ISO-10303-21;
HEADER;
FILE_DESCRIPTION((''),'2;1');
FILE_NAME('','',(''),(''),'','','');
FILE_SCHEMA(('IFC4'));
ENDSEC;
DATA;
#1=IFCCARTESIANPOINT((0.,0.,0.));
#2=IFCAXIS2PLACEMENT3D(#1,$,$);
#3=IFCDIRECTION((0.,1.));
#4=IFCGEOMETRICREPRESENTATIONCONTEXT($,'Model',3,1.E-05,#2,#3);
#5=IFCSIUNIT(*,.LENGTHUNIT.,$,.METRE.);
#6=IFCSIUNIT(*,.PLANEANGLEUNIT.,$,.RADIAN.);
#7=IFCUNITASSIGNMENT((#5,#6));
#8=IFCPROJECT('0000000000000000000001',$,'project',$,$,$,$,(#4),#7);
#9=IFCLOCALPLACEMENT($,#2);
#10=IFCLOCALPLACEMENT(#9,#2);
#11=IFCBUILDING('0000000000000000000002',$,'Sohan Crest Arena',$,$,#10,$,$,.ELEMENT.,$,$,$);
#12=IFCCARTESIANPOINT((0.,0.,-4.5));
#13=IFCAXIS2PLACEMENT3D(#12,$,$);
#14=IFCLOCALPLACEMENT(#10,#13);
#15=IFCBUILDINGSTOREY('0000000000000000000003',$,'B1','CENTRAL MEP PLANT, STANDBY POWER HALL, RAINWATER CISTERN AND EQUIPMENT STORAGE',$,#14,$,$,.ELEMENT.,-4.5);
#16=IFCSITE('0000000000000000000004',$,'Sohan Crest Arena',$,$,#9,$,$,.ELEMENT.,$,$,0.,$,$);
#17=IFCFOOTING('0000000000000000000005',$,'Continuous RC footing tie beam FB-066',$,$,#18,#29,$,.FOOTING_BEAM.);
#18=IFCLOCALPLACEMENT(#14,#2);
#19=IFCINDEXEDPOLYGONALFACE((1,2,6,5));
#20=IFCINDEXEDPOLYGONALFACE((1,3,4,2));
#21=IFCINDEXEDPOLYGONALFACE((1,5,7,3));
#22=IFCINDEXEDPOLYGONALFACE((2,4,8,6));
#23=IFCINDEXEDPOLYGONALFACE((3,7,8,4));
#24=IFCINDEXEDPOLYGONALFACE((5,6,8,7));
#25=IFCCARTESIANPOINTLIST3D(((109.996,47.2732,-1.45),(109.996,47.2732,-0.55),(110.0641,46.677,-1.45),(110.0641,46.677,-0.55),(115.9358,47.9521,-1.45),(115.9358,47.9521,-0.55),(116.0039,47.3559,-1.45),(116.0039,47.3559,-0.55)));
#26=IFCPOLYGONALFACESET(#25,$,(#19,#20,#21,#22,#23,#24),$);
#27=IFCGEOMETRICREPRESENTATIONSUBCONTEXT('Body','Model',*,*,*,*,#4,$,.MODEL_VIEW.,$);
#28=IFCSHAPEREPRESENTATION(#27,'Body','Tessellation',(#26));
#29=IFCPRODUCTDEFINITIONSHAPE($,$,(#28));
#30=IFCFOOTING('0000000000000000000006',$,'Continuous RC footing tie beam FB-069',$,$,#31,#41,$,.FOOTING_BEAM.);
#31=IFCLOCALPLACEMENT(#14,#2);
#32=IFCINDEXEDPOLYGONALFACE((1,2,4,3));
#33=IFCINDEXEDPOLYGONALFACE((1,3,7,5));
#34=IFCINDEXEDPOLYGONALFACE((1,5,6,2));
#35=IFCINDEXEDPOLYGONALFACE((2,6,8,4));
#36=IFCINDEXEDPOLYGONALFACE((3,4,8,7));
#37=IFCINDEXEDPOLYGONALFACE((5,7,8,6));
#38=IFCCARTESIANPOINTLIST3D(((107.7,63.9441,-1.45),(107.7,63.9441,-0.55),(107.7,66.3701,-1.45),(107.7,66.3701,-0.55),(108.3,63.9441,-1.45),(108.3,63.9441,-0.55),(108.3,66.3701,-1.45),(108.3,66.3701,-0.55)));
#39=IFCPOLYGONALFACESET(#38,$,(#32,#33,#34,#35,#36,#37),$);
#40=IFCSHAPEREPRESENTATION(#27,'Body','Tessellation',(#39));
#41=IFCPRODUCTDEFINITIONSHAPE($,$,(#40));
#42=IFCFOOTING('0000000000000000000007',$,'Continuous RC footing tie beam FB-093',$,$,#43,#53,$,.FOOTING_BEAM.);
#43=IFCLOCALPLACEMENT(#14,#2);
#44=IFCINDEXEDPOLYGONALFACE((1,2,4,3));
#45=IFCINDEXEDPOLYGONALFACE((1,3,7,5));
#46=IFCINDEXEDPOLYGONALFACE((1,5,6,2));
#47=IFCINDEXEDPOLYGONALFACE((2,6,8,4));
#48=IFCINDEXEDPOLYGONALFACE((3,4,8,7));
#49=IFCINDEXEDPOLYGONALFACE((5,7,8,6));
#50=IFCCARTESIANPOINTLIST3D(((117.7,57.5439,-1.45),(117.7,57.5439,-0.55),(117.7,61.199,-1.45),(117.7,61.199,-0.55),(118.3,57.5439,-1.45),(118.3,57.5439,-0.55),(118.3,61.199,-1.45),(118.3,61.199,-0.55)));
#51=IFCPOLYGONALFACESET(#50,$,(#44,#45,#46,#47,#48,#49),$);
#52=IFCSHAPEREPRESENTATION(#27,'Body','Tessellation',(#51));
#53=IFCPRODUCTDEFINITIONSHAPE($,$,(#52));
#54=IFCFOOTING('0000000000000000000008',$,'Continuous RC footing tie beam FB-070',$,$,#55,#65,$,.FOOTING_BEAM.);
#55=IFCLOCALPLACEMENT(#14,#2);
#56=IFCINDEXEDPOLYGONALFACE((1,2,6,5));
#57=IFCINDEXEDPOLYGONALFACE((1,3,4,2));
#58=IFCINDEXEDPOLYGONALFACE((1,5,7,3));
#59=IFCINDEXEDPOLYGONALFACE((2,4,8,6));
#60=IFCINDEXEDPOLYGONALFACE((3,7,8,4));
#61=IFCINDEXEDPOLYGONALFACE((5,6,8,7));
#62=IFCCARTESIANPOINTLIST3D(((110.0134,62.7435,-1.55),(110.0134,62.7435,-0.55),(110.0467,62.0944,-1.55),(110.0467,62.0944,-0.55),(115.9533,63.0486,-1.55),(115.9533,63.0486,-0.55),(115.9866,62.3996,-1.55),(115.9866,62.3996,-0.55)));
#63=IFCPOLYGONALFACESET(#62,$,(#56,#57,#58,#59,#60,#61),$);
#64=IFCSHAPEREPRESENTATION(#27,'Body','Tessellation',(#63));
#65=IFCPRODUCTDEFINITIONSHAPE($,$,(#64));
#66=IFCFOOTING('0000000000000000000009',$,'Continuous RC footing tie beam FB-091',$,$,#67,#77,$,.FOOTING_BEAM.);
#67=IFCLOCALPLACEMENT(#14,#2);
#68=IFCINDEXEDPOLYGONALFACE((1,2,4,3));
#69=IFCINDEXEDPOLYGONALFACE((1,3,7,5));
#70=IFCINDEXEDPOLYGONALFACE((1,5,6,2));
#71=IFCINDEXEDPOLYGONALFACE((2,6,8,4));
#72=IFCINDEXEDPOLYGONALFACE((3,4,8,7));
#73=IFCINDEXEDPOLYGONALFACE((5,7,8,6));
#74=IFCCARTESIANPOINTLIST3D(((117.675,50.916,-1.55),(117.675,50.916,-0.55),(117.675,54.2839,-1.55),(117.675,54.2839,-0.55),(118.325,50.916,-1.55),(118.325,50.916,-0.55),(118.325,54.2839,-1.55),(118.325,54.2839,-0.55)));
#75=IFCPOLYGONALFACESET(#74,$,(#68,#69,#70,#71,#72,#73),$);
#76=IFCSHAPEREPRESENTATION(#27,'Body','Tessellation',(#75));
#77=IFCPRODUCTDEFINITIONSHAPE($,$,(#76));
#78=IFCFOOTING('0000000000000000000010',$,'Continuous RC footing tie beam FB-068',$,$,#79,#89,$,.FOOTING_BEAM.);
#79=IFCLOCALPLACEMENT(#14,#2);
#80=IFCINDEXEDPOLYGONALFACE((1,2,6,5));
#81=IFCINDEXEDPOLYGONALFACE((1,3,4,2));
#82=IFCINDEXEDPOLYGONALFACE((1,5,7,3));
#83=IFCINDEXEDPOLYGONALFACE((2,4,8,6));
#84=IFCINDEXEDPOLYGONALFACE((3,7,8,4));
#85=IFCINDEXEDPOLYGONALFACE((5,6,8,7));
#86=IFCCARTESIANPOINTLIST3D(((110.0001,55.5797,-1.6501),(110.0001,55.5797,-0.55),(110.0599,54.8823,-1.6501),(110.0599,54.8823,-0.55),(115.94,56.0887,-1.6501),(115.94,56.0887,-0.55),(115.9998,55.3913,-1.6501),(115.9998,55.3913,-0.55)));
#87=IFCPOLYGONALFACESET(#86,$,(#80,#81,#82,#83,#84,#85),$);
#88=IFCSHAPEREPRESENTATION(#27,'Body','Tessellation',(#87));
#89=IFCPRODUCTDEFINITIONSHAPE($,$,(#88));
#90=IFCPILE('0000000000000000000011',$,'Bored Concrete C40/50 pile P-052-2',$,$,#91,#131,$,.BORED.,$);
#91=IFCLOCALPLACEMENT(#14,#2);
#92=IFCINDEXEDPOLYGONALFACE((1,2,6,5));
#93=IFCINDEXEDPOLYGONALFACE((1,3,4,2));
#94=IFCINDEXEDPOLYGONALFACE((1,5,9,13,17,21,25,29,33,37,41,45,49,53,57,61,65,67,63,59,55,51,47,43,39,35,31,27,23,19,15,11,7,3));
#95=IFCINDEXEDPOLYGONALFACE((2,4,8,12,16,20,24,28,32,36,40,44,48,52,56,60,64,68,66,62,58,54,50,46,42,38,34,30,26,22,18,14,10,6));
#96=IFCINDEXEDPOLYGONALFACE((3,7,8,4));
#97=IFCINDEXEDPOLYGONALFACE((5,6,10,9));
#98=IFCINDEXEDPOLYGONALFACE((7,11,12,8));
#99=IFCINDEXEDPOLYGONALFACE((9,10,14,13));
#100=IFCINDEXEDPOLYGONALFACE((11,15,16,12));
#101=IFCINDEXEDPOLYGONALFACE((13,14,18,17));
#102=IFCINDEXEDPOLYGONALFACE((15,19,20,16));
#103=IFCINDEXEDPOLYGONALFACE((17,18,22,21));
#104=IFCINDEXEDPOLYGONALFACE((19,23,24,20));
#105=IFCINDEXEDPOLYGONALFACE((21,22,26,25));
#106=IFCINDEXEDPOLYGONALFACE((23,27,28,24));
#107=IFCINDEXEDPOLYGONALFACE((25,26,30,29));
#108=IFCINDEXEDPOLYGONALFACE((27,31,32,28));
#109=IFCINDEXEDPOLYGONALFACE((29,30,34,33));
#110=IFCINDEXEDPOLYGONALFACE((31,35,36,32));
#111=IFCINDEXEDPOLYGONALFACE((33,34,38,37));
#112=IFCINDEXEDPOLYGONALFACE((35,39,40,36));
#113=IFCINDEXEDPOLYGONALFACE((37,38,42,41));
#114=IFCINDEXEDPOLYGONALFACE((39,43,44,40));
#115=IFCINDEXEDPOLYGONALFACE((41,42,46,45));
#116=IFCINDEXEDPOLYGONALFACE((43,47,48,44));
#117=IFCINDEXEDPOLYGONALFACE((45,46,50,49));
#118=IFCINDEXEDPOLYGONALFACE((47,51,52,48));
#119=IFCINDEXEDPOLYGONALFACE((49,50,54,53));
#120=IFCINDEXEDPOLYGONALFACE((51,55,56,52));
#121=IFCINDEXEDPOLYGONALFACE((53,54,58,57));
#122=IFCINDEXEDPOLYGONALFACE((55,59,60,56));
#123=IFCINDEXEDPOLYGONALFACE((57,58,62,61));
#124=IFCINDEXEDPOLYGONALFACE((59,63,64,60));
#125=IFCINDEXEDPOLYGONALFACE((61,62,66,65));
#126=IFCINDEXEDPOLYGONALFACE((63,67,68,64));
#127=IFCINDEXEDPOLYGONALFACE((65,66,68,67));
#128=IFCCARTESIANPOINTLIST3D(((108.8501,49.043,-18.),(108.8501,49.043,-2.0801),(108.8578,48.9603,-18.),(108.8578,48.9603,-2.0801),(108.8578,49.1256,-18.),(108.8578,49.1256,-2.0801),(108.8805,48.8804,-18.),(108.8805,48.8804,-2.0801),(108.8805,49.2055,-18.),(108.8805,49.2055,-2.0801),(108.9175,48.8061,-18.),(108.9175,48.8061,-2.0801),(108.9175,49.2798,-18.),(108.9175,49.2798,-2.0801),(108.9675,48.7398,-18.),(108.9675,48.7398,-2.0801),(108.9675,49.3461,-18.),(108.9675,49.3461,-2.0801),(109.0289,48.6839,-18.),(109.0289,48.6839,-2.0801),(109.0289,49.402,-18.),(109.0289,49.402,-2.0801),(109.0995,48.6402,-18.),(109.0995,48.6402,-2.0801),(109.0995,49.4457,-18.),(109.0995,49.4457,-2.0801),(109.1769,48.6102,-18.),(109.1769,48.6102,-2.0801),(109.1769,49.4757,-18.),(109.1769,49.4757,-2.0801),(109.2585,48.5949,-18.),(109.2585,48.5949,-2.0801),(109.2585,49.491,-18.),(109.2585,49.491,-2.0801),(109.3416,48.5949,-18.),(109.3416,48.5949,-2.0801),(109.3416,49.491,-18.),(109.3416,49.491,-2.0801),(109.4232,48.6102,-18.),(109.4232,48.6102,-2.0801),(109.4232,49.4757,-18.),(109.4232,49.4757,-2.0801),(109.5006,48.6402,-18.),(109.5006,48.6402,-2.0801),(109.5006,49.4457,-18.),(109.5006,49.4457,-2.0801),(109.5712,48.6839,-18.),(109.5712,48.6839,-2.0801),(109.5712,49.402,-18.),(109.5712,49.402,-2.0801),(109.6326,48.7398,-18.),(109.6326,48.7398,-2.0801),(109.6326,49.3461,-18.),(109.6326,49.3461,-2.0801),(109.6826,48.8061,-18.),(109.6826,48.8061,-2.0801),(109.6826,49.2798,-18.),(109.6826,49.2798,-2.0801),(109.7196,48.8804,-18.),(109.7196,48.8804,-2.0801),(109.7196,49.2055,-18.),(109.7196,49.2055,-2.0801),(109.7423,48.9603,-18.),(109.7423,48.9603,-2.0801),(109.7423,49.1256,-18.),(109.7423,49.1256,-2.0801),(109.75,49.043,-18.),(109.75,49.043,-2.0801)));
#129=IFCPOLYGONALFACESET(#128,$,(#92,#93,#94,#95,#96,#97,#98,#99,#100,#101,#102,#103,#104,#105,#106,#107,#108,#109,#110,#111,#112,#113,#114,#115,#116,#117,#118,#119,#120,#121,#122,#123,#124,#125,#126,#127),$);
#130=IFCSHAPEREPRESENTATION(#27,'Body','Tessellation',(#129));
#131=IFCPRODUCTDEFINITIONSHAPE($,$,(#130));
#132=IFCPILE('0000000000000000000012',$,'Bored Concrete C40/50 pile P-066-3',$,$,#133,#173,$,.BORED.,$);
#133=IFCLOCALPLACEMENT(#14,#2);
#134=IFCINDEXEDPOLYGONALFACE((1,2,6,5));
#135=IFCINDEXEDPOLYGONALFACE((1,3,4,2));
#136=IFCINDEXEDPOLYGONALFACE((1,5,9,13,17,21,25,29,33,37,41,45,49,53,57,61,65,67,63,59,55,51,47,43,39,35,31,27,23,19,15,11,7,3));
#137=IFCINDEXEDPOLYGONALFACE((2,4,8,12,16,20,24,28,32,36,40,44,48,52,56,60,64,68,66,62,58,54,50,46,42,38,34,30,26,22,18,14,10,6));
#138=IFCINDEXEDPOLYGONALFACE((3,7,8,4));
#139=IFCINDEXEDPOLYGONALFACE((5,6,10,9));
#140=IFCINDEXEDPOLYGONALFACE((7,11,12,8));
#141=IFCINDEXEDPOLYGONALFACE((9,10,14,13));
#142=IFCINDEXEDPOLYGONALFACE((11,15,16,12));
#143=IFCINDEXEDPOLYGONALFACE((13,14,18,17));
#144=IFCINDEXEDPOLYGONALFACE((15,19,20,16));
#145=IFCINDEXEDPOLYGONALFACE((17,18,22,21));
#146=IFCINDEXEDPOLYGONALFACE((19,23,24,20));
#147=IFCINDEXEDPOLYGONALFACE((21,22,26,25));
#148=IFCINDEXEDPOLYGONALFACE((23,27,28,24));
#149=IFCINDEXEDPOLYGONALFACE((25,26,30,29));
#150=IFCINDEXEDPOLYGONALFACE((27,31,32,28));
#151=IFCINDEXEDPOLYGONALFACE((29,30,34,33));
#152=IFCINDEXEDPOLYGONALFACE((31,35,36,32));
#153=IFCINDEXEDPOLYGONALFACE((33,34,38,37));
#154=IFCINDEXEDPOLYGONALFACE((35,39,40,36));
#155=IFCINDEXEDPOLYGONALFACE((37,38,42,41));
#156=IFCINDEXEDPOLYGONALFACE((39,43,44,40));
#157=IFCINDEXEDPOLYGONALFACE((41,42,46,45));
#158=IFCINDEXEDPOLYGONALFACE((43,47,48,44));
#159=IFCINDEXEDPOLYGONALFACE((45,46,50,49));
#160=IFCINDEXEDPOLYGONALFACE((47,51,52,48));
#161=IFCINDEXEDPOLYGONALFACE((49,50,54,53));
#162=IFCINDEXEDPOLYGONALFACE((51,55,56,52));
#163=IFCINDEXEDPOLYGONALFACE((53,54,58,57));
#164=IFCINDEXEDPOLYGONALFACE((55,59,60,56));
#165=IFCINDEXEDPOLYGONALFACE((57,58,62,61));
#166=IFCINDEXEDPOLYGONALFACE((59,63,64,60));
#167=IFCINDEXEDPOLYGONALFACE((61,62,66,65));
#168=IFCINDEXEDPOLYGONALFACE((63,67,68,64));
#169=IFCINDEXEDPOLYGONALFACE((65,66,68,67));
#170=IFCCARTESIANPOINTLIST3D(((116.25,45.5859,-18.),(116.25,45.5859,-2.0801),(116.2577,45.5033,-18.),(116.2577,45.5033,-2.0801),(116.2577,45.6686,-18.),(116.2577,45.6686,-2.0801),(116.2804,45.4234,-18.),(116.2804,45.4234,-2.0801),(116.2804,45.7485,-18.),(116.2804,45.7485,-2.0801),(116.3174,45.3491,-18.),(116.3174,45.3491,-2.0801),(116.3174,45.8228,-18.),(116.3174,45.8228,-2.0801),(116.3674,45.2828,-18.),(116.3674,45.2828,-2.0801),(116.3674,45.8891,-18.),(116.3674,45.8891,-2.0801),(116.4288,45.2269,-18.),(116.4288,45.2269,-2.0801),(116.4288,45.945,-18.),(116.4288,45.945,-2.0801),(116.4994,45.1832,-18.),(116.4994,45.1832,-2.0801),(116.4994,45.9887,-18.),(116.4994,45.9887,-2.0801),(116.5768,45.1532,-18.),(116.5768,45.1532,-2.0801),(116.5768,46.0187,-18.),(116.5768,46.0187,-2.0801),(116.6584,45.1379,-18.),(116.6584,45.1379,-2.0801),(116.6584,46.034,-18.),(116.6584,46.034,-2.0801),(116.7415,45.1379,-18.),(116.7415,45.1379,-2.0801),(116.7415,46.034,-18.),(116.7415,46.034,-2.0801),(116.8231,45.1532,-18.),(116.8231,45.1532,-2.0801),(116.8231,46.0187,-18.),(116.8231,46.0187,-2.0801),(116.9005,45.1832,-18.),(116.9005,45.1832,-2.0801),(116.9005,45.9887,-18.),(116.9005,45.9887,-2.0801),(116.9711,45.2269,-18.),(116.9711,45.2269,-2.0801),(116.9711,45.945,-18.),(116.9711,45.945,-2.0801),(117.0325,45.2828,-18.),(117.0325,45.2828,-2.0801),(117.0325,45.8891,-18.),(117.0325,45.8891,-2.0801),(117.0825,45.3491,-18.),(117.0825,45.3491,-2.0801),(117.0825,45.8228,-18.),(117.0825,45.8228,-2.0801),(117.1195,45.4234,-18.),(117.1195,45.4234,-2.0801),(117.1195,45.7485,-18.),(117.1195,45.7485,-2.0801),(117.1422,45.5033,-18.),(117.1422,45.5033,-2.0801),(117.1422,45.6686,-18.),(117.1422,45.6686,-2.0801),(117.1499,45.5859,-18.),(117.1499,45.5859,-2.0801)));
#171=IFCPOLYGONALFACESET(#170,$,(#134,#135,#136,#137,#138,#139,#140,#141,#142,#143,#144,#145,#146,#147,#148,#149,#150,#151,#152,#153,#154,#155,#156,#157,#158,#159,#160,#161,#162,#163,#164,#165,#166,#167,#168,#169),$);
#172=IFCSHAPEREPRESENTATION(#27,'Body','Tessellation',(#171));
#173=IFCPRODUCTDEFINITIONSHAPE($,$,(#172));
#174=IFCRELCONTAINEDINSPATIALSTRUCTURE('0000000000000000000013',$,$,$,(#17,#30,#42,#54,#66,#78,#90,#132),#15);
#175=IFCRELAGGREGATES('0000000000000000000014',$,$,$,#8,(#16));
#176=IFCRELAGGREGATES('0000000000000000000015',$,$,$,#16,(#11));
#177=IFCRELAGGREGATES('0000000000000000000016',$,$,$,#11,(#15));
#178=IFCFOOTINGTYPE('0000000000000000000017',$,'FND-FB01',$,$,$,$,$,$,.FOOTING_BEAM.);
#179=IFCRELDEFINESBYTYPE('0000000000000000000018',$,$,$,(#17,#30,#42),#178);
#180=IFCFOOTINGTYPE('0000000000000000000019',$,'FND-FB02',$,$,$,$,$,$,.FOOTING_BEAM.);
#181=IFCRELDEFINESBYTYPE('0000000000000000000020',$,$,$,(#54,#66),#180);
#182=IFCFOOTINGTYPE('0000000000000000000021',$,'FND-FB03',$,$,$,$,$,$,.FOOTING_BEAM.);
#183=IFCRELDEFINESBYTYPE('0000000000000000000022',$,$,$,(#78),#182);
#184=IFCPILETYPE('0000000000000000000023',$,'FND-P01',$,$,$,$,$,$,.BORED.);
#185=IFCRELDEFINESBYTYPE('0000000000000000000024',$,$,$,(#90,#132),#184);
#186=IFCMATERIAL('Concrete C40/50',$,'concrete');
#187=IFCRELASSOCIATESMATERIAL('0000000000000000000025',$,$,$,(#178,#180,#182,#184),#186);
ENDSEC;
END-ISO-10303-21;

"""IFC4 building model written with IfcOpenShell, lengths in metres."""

from ifc_helpers import new_model, si_unit, direction, frame, origin, origin_2d, place, context, subcontext, project, spatial, rectangle, circle, extrude, material, material_profile, profile_set, type_object, element, save


model = new_model("IFC4")

# Units and contexts
model_context = context("Model", 3, precision=1e-05, world=origin(), true_north=direction((0.0, 1.0)))
body_context = subcontext(model_context, "Body", "Model", "MODEL_VIEW")
ifc_project = project(units=[si_unit("LENGTHUNIT", "METRE"), si_unit("PLANEANGLEUNIT", "RADIAN")], contexts=[model_context])

# Site, building, storey
site_placement = place(None, origin())
site = spatial("IfcSite", under=ifc_project, at=site_placement, Name="Sohan Crest Arena", CompositionType="ELEMENT", RefElevation=0.0)
building_placement = place(site_placement, origin())
building = spatial("IfcBuilding", under=site, at=building_placement, Name="Sohan Crest Arena", CompositionType="ELEMENT")
storey_placement = place(building_placement, frame((0.0, 0.0, -4.5)))
storey = spatial("IfcBuildingStorey", under=building, at=storey_placement, Name="B1", Description="CENTRAL MEP PLANT, STANDBY POWER HALL, RAINWATER CISTERN AND EQUIPMENT STORAGE", CompositionType="ELEMENT", Elevation=-4.5)

# Footings
ifc_material_1 = material(Name="Concrete C40/50", Category="concrete")
ifc_material_profile_1 = material_profile(ifc_material_1, rectangle(XDim=0.6001, YDim=0.8999, at=origin_2d()), Name="RC-FB 600x900")
ifc_profile_set_1 = profile_set([ifc_material_profile_1], Name="Concrete C40/50")
footing_type_1 = type_object("IfcFootingType", Name="FND-FB01", PredefinedType="FOOTING_BEAM", material=ifc_profile_set_1)
footing_1_placement = place(storey_placement, frame((110.03, 46.9751, -1.0), z_axis=(0.993531, 0.113564, 0.0), x_axis=(-0.113564, 0.993531, 0.0)))
element("IfcFooting", 1, at=footing_1_placement, inside=storey, type_object=footing_type_1, Name="Continuous RC footing tie beam FB-066", PredefinedType="FOOTING_BEAM", context=body_context, shape_type="SweptSolid", body=[
    extrude(rectangle(XDim=0.6001, YDim=0.8999, at=origin_2d()), origin(), (0.0, 0.0, 1.0), 5.9785),
])
footing_2_placement = place(storey_placement, frame((108.0, 63.9441, -1.0), z_axis=(0.0, 1.0, 0.0), x_axis=(-1.0, 0.0, 0.0)))
element("IfcFooting", 2, at=footing_2_placement, inside=storey, type_object=footing_type_1, Name="Continuous RC footing tie beam FB-069", PredefinedType="FOOTING_BEAM", context=body_context, shape_type="SweptSolid", body=[
    extrude(rectangle(XDim=0.6001, YDim=0.8999, at=origin_2d()), origin(), (0.0, 0.0, 1.0), 2.426),
])
footing_3_placement = place(storey_placement, frame((118.0, 57.5439, -1.0), z_axis=(0.0, 1.0, 0.0), x_axis=(-1.0, 0.0, 0.0)))
element("IfcFooting", 3, at=footing_3_placement, inside=storey, type_object=footing_type_1, Name="Continuous RC footing tie beam FB-093", PredefinedType="FOOTING_BEAM", context=body_context, shape_type="SweptSolid", body=[
    extrude(rectangle(XDim=0.6001, YDim=0.8999, at=origin_2d()), origin(), (0.0, 0.0, 1.0), 3.655),
])
ifc_material_profile_2 = material_profile(ifc_material_1, rectangle(XDim=0.6499, YDim=1.0, at=origin_2d()), Name="RC-FB 650x1000")
ifc_profile_set_2 = profile_set([ifc_material_profile_2], Name="Concrete C40/50")
footing_type_2 = type_object("IfcFootingType", Name="FND-FB02", PredefinedType="FOOTING_BEAM", material=ifc_profile_set_2)
footing_4_placement = place(storey_placement, frame((110.03, 62.4189, -1.05), z_axis=(0.998683, 0.051309, 0.0), x_axis=(-0.051309, 0.998683, 0.0)))
element("IfcFooting", 4, at=footing_4_placement, inside=storey, type_object=footing_type_2, Name="Continuous RC footing tie beam FB-070", PredefinedType="FOOTING_BEAM", context=body_context, shape_type="SweptSolid", body=[
    extrude(rectangle(XDim=0.6499, YDim=1.0, at=origin_2d()), origin(), (0.0, 0.0, 1.0), 5.9478),
])
footing_5_placement = place(storey_placement, frame((118.0, 50.916, -1.05), z_axis=(0.0, 1.0, 0.0), x_axis=(-1.0, 0.0, 0.0)))
element("IfcFooting", 5, at=footing_5_placement, inside=storey, type_object=footing_type_2, Name="Continuous RC footing tie beam FB-091", PredefinedType="FOOTING_BEAM", context=body_context, shape_type="SweptSolid", body=[
    extrude(rectangle(XDim=0.6499, YDim=1.0, at=origin_2d()), origin(), (0.0, 0.0, 1.0), 3.3679),
])
ifc_material_profile_3 = material_profile(ifc_material_1, rectangle(XDim=0.7, YDim=1.1001, at=origin_2d()), Name="RC-FB 700x1100")
ifc_profile_set_3 = profile_set([ifc_material_profile_3], Name="Concrete C40/50")
footing_type_3 = type_object("IfcFootingType", Name="FND-FB03", PredefinedType="FOOTING_BEAM", material=ifc_profile_set_3)
footing_6_placement = place(storey_placement, frame((110.03, 55.231, -1.1001), z_axis=(0.996348, 0.085384, 0.0), x_axis=(-0.085384, 0.996348, 0.0)))
element("IfcFooting", 6, at=footing_6_placement, inside=storey, type_object=footing_type_3, Name="Continuous RC footing tie beam FB-068", PredefinedType="FOOTING_BEAM", context=body_context, shape_type="SweptSolid", body=[
    extrude(rectangle(XDim=0.7, YDim=1.1001, at=origin_2d()), origin(), (0.0, 0.0, 1.0), 5.9617),
])

# Piles
ifc_material_profile_4 = material_profile(ifc_material_1, circle(Radius=0.45, at=origin_2d()), Name="PILE D900")
ifc_profile_set_4 = profile_set([ifc_material_profile_4], Name="Concrete C40/50")
pile_type_1 = type_object("IfcPileType", Name="FND-P01", PredefinedType="BORED", material=ifc_profile_set_4)
for number, where, z_axis, x_axis, name in (
    (7, (109.3, 49.043, -18.0), (0.0, 0.0, 1.0), (1.0, 0.0, 0.0), "Bored Concrete C40/50 pile P-052-2"),
    (8, (116.7, 45.5859, -18.0), (0.0, 0.0, 1.0), (1.0, 0.0, 0.0), "Bored Concrete C40/50 pile P-066-3"),
):
    element("IfcPile", number, at=place(storey_placement, frame(where, z_axis=z_axis, x_axis=x_axis)), inside=storey, type_object=pile_type_1, Name=name, PredefinedType="BORED", context=body_context, shape_type="SweptSolid", body=[
        extrude(circle(Radius=0.45, at=origin_2d()), origin(), (0.0, 0.0, 1.0), 15.9199),
    ])

save(model, "model.ifc")
